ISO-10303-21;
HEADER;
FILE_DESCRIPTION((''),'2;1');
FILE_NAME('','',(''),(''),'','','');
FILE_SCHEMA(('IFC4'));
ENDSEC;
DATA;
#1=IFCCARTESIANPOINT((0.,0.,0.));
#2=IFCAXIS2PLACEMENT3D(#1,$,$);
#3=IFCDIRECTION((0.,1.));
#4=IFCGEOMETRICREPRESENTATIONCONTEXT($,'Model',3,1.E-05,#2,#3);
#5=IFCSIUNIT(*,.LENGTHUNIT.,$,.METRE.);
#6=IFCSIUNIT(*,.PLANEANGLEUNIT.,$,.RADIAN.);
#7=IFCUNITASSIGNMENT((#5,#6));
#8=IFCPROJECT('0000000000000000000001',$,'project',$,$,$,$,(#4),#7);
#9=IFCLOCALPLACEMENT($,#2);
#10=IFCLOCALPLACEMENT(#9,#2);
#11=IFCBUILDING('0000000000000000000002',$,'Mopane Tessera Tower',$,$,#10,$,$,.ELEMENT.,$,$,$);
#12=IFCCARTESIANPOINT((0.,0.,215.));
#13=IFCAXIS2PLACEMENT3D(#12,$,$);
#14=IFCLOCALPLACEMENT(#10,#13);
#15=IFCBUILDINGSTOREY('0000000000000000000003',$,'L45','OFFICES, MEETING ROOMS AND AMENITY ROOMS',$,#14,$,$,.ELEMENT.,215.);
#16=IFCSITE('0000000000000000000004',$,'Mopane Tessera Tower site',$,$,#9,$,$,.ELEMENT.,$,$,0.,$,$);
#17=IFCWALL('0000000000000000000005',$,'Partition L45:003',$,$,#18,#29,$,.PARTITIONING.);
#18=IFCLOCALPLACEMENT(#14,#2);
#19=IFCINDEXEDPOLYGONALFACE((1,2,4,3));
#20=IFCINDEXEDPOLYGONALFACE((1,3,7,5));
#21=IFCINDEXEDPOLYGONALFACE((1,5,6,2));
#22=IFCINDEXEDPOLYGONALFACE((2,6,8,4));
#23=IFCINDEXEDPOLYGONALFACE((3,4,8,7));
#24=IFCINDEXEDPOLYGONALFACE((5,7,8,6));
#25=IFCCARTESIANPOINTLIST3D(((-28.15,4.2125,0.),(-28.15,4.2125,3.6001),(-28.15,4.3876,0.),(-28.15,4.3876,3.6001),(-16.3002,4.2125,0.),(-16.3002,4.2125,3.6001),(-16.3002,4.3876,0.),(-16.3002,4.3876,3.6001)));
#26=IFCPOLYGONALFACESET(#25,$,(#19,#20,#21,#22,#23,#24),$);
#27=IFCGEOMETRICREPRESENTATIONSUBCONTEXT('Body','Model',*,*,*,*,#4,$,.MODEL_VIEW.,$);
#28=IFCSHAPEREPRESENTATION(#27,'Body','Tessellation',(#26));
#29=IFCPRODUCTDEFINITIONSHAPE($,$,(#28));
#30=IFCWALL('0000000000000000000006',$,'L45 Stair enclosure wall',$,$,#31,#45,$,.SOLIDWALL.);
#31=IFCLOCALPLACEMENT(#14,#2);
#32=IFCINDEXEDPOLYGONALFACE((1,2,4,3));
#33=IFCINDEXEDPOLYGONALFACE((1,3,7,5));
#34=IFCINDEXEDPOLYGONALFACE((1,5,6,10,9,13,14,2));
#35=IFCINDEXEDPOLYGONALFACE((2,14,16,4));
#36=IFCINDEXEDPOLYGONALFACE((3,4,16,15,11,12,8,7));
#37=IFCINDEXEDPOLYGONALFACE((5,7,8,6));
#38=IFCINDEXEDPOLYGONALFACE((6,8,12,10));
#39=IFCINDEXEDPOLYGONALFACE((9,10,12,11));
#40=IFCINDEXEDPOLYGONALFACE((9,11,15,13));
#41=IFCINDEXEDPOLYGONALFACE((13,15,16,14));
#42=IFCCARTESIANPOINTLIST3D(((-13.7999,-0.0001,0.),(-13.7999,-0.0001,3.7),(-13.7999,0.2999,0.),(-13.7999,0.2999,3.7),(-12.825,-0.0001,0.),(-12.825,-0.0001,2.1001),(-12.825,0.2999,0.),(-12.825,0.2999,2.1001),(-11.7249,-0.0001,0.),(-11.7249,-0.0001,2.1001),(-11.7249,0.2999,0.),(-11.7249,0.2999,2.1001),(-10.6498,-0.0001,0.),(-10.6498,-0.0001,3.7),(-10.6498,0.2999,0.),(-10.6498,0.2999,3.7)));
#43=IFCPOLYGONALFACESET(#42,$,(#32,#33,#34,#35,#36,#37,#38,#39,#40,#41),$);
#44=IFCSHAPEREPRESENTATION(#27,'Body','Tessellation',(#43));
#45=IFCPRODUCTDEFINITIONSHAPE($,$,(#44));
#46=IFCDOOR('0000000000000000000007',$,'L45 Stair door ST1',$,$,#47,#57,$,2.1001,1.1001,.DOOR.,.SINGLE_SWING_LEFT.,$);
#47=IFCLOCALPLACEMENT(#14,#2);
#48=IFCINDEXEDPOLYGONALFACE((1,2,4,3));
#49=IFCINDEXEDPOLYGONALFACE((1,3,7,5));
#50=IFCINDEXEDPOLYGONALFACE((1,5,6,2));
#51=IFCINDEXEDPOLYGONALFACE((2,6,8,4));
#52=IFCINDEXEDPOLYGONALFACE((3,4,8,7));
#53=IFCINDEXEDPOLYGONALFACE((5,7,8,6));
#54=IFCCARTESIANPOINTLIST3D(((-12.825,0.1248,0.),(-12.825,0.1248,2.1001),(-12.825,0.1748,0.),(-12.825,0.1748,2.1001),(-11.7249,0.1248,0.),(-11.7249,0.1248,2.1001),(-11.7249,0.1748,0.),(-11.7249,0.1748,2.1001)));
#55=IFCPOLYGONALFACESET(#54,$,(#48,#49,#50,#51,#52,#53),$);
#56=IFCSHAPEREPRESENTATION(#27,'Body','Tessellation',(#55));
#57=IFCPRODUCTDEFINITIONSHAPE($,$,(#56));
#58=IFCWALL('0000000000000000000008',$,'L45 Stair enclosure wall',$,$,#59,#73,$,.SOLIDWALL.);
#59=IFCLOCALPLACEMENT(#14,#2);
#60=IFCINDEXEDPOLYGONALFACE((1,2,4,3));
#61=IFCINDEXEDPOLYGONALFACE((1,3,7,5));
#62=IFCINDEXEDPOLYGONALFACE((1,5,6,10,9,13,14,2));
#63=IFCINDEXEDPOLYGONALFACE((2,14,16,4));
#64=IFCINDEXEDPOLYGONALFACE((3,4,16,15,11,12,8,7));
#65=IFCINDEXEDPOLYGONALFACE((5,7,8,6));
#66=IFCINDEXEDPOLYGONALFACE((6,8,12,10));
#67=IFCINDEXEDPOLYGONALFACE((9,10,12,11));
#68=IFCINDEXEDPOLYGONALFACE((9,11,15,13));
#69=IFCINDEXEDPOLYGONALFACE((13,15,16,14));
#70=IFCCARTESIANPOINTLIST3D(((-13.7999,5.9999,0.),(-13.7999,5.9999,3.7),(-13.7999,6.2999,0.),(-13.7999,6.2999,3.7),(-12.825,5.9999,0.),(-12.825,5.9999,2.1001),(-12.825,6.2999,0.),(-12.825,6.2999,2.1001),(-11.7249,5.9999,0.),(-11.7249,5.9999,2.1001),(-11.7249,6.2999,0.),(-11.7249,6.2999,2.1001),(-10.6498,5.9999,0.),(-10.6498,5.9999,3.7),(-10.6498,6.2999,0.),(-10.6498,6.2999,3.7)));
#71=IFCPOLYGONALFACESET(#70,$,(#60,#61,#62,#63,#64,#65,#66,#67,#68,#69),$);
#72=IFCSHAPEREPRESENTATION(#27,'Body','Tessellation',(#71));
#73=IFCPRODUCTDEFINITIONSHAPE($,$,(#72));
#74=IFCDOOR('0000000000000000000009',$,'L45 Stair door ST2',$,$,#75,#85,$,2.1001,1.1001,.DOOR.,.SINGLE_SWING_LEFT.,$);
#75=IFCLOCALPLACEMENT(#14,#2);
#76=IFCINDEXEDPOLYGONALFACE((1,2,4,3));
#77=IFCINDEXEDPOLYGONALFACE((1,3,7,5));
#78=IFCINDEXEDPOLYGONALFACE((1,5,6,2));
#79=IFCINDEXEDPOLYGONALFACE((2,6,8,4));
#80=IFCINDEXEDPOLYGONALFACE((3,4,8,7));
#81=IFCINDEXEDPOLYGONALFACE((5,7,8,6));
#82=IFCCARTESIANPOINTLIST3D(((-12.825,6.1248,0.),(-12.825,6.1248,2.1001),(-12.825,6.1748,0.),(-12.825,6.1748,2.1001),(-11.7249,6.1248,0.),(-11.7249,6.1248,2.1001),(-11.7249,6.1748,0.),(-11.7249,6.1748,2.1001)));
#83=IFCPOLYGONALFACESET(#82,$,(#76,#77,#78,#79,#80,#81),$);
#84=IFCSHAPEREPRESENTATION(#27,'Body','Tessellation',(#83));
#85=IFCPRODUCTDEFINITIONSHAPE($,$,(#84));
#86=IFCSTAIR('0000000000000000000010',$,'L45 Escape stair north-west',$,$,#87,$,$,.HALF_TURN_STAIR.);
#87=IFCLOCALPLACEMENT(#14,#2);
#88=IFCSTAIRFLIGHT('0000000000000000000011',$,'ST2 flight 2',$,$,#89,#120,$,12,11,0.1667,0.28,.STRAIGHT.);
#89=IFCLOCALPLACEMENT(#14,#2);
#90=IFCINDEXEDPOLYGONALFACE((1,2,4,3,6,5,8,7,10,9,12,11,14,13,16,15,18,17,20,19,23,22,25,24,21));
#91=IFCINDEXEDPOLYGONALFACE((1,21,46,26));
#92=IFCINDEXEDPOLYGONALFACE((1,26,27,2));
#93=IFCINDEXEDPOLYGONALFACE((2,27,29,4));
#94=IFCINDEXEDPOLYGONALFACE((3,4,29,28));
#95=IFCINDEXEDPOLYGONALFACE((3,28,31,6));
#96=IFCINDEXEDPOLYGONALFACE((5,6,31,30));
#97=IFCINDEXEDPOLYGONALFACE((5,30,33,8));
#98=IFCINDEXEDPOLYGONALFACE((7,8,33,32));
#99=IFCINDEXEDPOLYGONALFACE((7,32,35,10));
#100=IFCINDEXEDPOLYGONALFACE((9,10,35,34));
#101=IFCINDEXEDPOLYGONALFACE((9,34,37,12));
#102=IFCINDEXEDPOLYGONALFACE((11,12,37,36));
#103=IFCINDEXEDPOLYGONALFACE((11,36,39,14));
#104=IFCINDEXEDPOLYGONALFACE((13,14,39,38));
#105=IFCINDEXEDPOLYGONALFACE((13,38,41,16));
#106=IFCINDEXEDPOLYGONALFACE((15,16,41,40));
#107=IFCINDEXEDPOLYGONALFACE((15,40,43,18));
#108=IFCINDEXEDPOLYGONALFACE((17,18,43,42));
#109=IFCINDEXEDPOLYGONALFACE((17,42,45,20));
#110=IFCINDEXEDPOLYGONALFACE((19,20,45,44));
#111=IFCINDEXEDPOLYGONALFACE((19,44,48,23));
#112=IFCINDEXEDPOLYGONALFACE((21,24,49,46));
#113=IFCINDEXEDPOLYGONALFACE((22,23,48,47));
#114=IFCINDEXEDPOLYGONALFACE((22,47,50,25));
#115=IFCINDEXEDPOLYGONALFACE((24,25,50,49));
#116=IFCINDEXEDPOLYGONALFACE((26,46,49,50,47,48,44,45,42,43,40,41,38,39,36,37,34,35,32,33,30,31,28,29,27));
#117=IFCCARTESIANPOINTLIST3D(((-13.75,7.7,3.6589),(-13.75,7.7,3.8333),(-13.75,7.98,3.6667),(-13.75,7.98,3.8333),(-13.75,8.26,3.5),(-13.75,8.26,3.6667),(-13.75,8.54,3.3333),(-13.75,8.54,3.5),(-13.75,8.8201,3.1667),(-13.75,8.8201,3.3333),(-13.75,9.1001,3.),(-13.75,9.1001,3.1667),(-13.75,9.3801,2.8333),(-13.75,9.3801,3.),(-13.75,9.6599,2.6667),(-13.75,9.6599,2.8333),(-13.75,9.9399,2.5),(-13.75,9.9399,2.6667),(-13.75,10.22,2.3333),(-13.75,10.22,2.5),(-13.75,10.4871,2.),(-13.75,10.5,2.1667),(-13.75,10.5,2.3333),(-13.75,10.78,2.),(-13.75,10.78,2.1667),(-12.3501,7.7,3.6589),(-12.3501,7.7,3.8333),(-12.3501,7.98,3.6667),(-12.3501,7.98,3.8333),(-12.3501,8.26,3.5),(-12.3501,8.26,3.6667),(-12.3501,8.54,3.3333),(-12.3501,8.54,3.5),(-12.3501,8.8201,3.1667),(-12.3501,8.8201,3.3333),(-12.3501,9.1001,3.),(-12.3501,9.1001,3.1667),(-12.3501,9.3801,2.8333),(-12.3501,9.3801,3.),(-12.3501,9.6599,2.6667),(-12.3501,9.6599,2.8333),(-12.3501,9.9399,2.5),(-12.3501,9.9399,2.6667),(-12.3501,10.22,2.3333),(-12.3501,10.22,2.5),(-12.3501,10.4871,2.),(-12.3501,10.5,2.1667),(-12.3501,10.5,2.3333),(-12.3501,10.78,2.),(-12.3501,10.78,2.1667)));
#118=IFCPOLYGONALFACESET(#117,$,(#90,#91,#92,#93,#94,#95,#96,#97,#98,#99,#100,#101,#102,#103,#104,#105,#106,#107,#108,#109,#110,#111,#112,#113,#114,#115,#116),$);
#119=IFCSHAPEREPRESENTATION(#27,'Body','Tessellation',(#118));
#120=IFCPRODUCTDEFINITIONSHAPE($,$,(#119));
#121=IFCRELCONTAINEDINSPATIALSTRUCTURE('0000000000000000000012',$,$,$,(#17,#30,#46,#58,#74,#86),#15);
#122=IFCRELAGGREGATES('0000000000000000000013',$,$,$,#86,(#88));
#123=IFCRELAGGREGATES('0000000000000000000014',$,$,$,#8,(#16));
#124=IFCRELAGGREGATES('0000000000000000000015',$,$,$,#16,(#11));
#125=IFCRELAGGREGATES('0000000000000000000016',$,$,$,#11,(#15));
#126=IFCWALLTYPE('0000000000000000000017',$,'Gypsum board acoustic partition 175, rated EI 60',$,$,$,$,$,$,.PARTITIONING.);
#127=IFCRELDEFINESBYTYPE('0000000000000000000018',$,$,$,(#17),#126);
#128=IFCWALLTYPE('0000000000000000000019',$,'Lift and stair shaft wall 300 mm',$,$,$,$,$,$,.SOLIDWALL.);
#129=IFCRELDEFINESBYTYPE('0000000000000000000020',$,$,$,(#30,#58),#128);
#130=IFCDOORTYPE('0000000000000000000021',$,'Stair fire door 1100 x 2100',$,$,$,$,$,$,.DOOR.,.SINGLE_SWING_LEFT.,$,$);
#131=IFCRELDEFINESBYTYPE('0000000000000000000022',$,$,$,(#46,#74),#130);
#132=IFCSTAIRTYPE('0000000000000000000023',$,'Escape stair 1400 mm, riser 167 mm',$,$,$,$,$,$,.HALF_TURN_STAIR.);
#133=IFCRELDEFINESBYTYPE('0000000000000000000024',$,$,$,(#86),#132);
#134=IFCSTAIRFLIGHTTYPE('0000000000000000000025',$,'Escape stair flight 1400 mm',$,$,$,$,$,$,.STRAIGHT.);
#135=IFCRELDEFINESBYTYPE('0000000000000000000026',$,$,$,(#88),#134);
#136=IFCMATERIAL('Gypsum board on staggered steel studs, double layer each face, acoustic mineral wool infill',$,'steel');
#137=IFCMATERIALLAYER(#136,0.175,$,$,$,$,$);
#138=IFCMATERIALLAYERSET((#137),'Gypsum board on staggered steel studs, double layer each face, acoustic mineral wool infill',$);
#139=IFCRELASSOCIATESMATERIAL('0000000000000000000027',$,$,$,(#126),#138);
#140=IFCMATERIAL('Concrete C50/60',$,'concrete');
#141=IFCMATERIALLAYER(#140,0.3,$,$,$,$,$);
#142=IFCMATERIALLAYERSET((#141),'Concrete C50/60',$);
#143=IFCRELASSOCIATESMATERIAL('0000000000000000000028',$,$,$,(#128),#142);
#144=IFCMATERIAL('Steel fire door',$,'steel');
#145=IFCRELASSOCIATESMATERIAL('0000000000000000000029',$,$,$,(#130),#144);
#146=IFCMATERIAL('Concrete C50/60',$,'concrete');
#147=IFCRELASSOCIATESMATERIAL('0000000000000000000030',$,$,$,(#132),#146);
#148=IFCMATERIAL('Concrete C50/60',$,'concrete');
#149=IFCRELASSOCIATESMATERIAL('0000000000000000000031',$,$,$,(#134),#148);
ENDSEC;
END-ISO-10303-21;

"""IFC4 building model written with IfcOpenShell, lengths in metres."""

from ifc_helpers import new_model, si_unit, direction, frame, frame_2d, origin, place, context, subcontext, project, spatial, polyline, rectangle, outline, extrude, material, layer, layer_set, type_object, element, fill, aggregate, save


model = new_model("IFC4")

# Units and contexts
model_context = context("Model", 3, precision=1e-05, world=origin(), true_north=direction((0.0, 1.0)))
body_context = subcontext(model_context, "Body", "Model", "MODEL_VIEW")
ifc_project = project(units=[si_unit("LENGTHUNIT", "METRE"), si_unit("PLANEANGLEUNIT", "RADIAN")], contexts=[model_context])

# Site, building, storey
site_placement = place(None, origin())
site = spatial("IfcSite", under=ifc_project, at=site_placement, Name="Mopane Tessera Tower site", CompositionType="ELEMENT", RefElevation=0.0)
building_placement = place(site_placement, origin())
building = spatial("IfcBuilding", under=site, at=building_placement, Name="Mopane Tessera Tower", CompositionType="ELEMENT")
storey_placement = place(building_placement, frame((0.0, 0.0, 215.0)))
storey = spatial("IfcBuildingStorey", under=building, at=storey_placement, Name="L45", Description="OFFICES, MEETING ROOMS AND AMENITY ROOMS", CompositionType="ELEMENT", Elevation=215.0)

# Wall
ifc_material_1 = material(Name="Gypsum board on staggered steel studs, double layer each face, acoustic mineral wool infill", Category="steel")
ifc_layer_1 = layer(ifc_material_1, 0.175)
ifc_layer_set_1 = layer_set([ifc_layer_1], Name="Gypsum board on staggered steel studs, double layer each face, acoustic mineral wool infill")
wall_type_1 = type_object("IfcWallType", Name="Gypsum board acoustic partition 175, rated EI 60", PredefinedType="PARTITIONING", material=ifc_layer_set_1)
wall_1_placement = place(storey_placement, frame((-28.1499, 4.3, 0.0), z_axis=(0.0, 0.0, 1.0), x_axis=(1.0, 0.0, 0.0)))
element("IfcWall", 1, at=wall_1_placement, inside=storey, type_object=wall_type_1, Name="Partition L45:003", PredefinedType="PARTITIONING", context=body_context, shape_type="SweptSolid", body=[
    extrude(rectangle(XDim=11.8499, YDim=0.175, at=frame_2d((5.9248, 0.0))), origin(), (0.0, 0.0, 1.0), 3.6001),
])

# Walls, openings, doors
ifc_material_2 = material(Name="Concrete C50/60", Category="concrete")
ifc_layer_2 = layer(ifc_material_2, 0.3)
ifc_layer_set_2 = layer_set([ifc_layer_2], Name="Concrete C50/60")
wall_type_2 = type_object("IfcWallType", Name="Lift and stair shaft wall 300 mm", PredefinedType="SOLIDWALL", material=ifc_layer_set_2)
wall_2_placement = place(storey_placement, frame((-13.8, 0.1499, 0.0), z_axis=(0.0, 0.0, 1.0), x_axis=(1.0, 0.0, 0.0)))
wall_2 = element("IfcWall", 2, at=wall_2_placement, inside=storey, type_object=wall_type_2, Name="L45 Stair enclosure wall", PredefinedType="SOLIDWALL", context=body_context, shape_type="SweptSolid", body=[
    extrude(rectangle(XDim=3.1501, YDim=0.3, at=frame_2d((1.5752, 0.0))), origin(), (0.0, 0.0, 1.0), 3.7),
])
opening_1_placement = place(wall_2_placement, frame((0.9751, 0.0, 0.0)))
opening_1 = element("IfcOpeningElement", 3, at=opening_1_placement, cuts=wall_2, PredefinedType="OPENING", context=body_context, shape_type="SweptSolid", body=[
    extrude(rectangle(XDim=1.1001, YDim=2.1001, at=frame_2d((0.55, 1.05))), frame((0.0, 0.1621, 0.0), z_axis=(0.0, -1.0, 0.0), x_axis=(1.0, 0.0, 0.0)), (0.0, 0.0, 1.0), 0.324),
])
ifc_material_3 = material(Name="Steel fire door", Category="steel")
door_type_1 = type_object("IfcDoorType", Name="Stair fire door 1100 x 2100", OperationType="SINGLE_SWING_LEFT", PredefinedType="DOOR", material=ifc_material_3)
door_1_placement = place(opening_1_placement, origin())
door_1 = element("IfcDoor", 4, at=door_1_placement, inside=storey, type_object=door_type_1, Name="L45 Stair door ST1", OperationType="SINGLE_SWING_LEFT", OverallHeight=2.1001, OverallWidth=1.1001, PredefinedType="DOOR", context=body_context, shape_type="SweptSolid", body=[
    extrude(rectangle(XDim=1.1001, YDim=2.1001, at=frame_2d((0.55, 1.05))), frame((0.0, 0.0249, 0.0), z_axis=(0.0, -1.0, 0.0), x_axis=(1.0, 0.0, 0.0)), (0.0, 0.0, 1.0), 0.05),
])
fill(opening_1, door_1)
wall_3_placement = place(storey_placement, frame((-13.8, 6.1499, 0.0), z_axis=(0.0, 0.0, 1.0), x_axis=(1.0, 0.0, 0.0)))
wall_3 = element("IfcWall", 5, at=wall_3_placement, inside=storey, type_object=wall_type_2, Name="L45 Stair enclosure wall", PredefinedType="SOLIDWALL", context=body_context, shape_type="SweptSolid", body=[
    extrude(rectangle(XDim=3.1501, YDim=0.3, at=frame_2d((1.5752, 0.0))), origin(), (0.0, 0.0, 1.0), 3.7),
])
opening_2_placement = place(wall_3_placement, frame((0.9751, 0.0, 0.0)))
opening_2 = element("IfcOpeningElement", 6, at=opening_2_placement, cuts=wall_3, PredefinedType="OPENING", context=body_context, shape_type="SweptSolid", body=[
    extrude(rectangle(XDim=1.1001, YDim=2.1001, at=frame_2d((0.55, 1.05))), frame((0.0, 0.1621, 0.0), z_axis=(0.0, -1.0, 0.0), x_axis=(1.0, 0.0, 0.0)), (0.0, 0.0, 1.0), 0.324),
])
door_2_placement = place(opening_2_placement, origin())
door_2 = element("IfcDoor", 7, at=door_2_placement, inside=storey, type_object=door_type_1, Name="L45 Stair door ST2", OperationType="SINGLE_SWING_LEFT", OverallHeight=2.1001, OverallWidth=1.1001, PredefinedType="DOOR", context=body_context, shape_type="SweptSolid", body=[
    extrude(rectangle(XDim=1.1001, YDim=2.1001, at=frame_2d((0.55, 1.05))), frame((0.0, 0.0249, 0.0), z_axis=(0.0, -1.0, 0.0), x_axis=(1.0, 0.0, 0.0)), (0.0, 0.0, 1.0), 0.05),
])
fill(opening_2, door_2)

# Stair, stair flight
ifc_material_4 = material(Name="Concrete C50/60", Category="concrete")
stair_type = type_object("IfcStairType", Name="Escape stair 1400 mm, riser 167 mm", PredefinedType="HALF_TURN_STAIR", material=ifc_material_4)
stair_placement = place(storey_placement, origin())
stair = element("IfcStair", 8, at=stair_placement, inside=storey, type_object=stair_type, Name="L45 Escape stair north-west", PredefinedType="HALF_TURN_STAIR")
ifc_material_5 = material(Name="Concrete C50/60", Category="concrete")
stair_flight_type = type_object("IfcStairFlightType", Name="Escape stair flight 1400 mm", PredefinedType="STRAIGHT", material=ifc_material_5)
stair_flight_placement = place(storey_placement, frame((-13.05, 10.78, 2.0), z_axis=(0.0, 0.0, 1.0), x_axis=(0.0, -1.0, 0.0)))
stair_flight = element("IfcStairFlight", 9, at=stair_flight_placement, type_object=stair_flight_type, Name="ST2 flight 2", NumberOfRisers=12, NumberOfTreads=11, PredefinedType="STRAIGHT", RiserHeight=0.1667, TreadLength=0.28, context=body_context, shape_type="SweptSolid", body=[
    extrude(outline(polyline([(0.0, 0.0), (0.0, 0.1667), (0.28, 0.1667), (0.28, 0.3333), (0.5601, 0.3333), (0.5601, 0.5), (0.8401, 0.5), (0.8401, 0.6667), (1.1201, 0.6667), (1.1201, 0.8333), (1.3999, 0.8333), (1.3999, 1.0), (1.6799, 1.0), (1.6799, 1.1667), (1.96, 1.1667), (1.96, 1.3333), (2.24, 1.3333), (2.24, 1.5), (2.52, 1.5), (2.52, 1.6667), (2.8, 1.6667), (2.8, 1.8333), (3.0801, 1.8333), (3.0801, 2.0), (3.0801, 1.6589), (0.293, 0.0), (0.0, 0.0)])), frame((0.0, 0.7, 0.0), z_axis=(0.0, -1.0, 0.0), x_axis=(1.0, 0.0, 0.0)), (0.0, 0.0, 1.0), 1.3999),
])
aggregate(stair, [stair_flight])

save(model, "model.ifc")
